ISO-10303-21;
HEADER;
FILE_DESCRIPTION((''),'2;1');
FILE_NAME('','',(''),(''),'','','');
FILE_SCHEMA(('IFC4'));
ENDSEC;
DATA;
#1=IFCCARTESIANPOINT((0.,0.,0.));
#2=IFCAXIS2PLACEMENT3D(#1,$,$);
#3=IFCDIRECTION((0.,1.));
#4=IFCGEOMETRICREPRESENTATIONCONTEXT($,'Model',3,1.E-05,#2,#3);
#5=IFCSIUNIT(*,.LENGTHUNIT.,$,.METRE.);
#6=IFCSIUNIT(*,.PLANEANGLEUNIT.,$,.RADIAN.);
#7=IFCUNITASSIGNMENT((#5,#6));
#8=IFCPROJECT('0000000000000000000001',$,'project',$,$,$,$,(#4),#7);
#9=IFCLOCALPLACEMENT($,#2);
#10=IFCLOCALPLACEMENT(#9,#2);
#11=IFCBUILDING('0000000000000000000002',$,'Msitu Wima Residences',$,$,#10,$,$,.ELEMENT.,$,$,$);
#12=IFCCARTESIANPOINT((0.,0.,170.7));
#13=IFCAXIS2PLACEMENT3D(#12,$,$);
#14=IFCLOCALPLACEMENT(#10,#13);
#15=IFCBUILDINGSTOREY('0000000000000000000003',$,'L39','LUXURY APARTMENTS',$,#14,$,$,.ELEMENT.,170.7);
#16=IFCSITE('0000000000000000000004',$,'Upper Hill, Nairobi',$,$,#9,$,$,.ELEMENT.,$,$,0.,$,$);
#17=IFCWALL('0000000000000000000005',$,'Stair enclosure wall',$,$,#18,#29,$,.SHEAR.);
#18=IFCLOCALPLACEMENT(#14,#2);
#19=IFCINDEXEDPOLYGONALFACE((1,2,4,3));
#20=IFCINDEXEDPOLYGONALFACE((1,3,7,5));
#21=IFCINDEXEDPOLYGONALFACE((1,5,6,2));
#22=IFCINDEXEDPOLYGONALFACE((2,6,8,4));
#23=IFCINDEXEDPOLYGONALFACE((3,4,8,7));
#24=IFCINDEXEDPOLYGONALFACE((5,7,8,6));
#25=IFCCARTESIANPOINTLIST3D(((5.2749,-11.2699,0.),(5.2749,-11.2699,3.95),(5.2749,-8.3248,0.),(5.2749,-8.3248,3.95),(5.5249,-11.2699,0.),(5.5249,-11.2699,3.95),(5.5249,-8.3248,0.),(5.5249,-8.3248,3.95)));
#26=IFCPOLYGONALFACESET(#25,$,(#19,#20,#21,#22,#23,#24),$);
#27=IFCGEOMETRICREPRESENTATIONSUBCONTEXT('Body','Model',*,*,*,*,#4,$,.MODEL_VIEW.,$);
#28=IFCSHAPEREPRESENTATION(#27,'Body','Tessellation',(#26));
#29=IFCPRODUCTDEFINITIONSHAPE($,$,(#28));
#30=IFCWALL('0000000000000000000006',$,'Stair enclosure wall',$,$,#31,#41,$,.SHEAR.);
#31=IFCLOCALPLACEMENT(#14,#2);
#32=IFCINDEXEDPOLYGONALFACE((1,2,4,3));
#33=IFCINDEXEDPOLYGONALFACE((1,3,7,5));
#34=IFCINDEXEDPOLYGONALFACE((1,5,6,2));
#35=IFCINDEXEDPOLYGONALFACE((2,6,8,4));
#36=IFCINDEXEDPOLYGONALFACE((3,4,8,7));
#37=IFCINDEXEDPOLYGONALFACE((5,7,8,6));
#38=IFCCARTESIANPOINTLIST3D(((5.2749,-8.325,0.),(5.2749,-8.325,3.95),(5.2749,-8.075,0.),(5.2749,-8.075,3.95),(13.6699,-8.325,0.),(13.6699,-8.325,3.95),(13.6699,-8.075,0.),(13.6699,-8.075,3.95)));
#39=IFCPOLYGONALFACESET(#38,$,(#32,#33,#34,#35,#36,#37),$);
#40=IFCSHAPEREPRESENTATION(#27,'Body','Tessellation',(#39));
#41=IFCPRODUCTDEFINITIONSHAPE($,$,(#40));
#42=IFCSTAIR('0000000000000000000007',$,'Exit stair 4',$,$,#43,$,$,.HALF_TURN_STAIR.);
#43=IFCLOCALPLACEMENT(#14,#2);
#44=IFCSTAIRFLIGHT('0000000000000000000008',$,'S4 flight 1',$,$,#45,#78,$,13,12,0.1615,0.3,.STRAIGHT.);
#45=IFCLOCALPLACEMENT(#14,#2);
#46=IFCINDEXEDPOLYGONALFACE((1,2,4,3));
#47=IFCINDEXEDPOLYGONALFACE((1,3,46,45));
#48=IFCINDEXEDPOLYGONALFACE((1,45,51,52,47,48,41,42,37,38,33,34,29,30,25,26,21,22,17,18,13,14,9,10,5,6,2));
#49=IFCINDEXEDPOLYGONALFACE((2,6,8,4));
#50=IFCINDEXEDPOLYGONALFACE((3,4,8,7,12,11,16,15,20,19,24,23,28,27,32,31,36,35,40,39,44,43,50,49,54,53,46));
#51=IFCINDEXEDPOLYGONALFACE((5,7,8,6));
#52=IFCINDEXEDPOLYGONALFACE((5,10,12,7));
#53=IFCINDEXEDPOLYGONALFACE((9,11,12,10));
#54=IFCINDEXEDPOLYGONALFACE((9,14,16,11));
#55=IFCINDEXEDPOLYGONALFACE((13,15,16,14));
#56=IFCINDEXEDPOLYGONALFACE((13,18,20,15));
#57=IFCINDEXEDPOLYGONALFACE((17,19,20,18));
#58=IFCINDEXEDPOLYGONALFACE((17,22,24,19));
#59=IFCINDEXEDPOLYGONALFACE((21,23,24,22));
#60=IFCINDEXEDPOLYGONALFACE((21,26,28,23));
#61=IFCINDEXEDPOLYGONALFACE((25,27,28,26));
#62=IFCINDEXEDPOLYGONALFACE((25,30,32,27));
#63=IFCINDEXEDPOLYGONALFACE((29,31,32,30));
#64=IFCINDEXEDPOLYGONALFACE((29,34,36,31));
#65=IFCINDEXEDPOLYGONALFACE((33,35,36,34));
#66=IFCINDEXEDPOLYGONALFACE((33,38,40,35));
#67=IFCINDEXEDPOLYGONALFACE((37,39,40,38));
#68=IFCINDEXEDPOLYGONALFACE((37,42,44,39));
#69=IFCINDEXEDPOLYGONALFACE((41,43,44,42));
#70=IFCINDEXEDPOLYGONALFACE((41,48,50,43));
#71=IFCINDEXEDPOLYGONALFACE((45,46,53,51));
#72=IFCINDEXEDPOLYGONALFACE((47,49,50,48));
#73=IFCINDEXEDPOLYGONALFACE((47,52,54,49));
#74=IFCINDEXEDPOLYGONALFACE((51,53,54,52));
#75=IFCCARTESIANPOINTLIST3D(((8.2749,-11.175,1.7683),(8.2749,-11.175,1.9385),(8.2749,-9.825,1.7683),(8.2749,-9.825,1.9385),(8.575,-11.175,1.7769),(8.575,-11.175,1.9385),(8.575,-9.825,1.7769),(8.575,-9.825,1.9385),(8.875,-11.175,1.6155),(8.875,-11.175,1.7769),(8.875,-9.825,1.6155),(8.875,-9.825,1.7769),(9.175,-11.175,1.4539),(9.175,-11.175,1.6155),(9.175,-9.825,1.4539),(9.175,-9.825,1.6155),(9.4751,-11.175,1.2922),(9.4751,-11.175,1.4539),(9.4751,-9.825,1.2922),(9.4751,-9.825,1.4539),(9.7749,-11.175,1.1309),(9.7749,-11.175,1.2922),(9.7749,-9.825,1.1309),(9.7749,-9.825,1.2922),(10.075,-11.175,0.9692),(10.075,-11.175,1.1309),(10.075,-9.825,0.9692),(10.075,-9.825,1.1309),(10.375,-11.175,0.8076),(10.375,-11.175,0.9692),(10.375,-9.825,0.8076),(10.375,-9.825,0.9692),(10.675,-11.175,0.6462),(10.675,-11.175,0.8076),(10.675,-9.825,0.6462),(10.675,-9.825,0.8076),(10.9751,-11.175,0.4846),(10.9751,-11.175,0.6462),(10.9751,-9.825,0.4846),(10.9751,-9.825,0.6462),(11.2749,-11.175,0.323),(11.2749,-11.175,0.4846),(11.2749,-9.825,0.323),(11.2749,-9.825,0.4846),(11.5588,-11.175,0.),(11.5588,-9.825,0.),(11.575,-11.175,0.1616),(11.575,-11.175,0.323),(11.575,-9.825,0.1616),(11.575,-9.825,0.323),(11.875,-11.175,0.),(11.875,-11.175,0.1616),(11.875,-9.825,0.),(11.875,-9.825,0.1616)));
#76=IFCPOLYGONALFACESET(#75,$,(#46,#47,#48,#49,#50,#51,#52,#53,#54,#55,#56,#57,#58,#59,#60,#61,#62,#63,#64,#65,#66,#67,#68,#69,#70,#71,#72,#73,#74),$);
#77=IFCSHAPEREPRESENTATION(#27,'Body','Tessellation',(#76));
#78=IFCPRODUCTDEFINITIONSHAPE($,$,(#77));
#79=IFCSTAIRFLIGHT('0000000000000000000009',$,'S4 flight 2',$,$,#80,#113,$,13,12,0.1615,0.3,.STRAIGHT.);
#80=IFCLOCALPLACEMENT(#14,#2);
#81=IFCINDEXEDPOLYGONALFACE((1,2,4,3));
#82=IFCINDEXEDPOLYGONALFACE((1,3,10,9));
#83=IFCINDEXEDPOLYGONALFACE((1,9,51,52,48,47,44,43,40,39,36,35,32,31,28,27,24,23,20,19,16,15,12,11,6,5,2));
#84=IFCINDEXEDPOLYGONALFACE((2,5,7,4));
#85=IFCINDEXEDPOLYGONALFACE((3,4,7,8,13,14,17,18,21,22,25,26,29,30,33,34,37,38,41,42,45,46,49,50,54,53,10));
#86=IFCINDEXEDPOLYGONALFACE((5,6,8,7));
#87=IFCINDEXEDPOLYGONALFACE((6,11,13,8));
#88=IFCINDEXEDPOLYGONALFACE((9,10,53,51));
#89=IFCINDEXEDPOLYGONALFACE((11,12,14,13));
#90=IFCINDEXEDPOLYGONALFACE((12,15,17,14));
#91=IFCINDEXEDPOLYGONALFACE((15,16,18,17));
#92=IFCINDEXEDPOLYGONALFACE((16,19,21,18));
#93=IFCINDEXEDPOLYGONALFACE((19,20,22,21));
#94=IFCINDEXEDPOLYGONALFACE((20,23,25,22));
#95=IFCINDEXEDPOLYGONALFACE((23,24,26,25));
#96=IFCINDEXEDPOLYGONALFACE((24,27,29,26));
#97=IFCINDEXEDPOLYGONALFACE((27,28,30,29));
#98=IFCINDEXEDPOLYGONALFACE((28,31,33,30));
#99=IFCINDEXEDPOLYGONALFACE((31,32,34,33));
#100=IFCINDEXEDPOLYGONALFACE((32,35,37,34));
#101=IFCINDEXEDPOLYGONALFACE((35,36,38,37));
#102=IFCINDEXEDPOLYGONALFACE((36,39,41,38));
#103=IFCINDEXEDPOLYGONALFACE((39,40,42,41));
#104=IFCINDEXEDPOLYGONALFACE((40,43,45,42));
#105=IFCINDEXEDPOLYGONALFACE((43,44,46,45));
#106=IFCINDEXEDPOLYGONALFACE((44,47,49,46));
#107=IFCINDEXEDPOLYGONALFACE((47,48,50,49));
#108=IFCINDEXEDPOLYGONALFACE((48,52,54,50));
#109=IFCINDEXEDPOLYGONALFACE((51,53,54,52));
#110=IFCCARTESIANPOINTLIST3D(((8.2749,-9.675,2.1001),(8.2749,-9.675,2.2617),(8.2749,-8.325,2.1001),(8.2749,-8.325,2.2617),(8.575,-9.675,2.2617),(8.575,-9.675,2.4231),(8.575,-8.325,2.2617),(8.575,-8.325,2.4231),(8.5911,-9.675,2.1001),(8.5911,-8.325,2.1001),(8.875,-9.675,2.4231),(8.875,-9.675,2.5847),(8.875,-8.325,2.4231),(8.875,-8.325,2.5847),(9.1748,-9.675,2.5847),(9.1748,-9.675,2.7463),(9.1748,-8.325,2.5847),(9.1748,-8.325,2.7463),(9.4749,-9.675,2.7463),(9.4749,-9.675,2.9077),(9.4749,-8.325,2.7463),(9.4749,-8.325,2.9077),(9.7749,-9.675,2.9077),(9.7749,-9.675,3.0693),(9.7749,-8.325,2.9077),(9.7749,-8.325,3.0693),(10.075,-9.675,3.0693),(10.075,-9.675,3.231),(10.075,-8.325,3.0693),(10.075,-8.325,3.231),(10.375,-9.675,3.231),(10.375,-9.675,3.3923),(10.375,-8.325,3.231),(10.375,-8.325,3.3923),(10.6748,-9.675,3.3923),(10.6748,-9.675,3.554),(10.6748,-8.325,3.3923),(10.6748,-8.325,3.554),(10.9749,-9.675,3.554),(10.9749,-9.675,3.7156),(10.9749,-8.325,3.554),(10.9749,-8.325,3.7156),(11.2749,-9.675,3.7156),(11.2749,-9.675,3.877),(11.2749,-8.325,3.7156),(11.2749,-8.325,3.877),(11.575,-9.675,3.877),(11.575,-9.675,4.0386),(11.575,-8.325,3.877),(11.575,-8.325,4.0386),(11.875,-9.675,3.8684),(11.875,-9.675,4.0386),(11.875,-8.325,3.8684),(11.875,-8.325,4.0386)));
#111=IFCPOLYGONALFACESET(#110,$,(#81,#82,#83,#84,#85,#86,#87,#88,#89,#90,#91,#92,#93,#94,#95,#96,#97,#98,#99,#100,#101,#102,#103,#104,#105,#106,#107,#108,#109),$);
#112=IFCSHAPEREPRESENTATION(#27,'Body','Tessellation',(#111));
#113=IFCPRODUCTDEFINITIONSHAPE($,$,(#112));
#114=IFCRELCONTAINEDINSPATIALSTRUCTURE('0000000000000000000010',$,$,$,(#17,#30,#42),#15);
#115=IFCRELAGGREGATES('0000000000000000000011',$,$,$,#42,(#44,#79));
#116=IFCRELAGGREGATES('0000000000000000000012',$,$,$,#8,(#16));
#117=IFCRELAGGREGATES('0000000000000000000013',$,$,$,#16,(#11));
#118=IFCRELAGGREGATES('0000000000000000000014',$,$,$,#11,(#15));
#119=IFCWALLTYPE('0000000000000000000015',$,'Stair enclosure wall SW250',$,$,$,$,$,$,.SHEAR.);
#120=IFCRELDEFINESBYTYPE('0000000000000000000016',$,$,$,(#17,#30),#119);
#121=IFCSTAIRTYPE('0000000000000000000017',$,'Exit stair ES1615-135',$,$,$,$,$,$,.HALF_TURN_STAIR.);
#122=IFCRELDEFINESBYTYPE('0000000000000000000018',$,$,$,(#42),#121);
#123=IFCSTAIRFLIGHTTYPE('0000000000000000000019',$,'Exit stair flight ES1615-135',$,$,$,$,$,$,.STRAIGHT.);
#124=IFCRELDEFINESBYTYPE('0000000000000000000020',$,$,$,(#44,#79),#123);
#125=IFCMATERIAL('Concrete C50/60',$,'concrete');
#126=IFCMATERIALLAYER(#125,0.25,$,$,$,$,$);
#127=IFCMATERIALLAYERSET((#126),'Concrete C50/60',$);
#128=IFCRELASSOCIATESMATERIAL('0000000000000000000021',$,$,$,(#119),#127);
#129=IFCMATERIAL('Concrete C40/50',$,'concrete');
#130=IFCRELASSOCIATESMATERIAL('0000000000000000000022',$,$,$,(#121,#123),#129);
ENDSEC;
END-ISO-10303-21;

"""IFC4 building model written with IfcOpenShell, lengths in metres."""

from ifc_helpers import new_model, si_unit, direction, frame, frame_2d, origin, place, context, subcontext, project, spatial, polyline, rectangle, outline, extrude, material, layer, layer_set, type_object, element, aggregate, save


model = new_model("IFC4")

# Units and contexts
model_context = context("Model", 3, precision=1e-05, world=origin(), true_north=direction((0.0, 1.0)))
body_context = subcontext(model_context, "Body", "Model", "MODEL_VIEW")
ifc_project = project(units=[si_unit("LENGTHUNIT", "METRE"), si_unit("PLANEANGLEUNIT", "RADIAN")], contexts=[model_context])

# Site, building, storey
site_placement = place(None, origin())
site = spatial("IfcSite", under=ifc_project, at=site_placement, Name="Upper Hill, Nairobi", CompositionType="ELEMENT", RefElevation=0.0)
building_placement = place(site_placement, origin())
building = spatial("IfcBuilding", under=site, at=building_placement, Name="Msitu Wima Residences", CompositionType="ELEMENT")
storey_placement = place(building_placement, frame((0.0, 0.0, 170.7)))
storey = spatial("IfcBuildingStorey", under=building, at=storey_placement, Name="L39", Description="LUXURY APARTMENTS", CompositionType="ELEMENT", Elevation=170.7)

# Shared definitions
ifc_material_1 = material(Name="Concrete C40/50", Category="concrete")

# Walls
ifc_material_2 = material(Name="Concrete C50/60", Category="concrete")
ifc_layer_1 = layer(ifc_material_2, 0.25)
ifc_layer_set_1 = layer_set([ifc_layer_1], Name="Concrete C50/60")
wall_type_1 = type_object("IfcWallType", Name="Stair enclosure wall SW250", PredefinedType="SHEAR", material=ifc_layer_set_1)
wall_1_placement = place(storey_placement, frame((5.3999, -11.27, 0.0), z_axis=(0.0, 0.0, 1.0), x_axis=(0.0, 1.0, 0.0)))
element("IfcWall", 1, at=wall_1_placement, inside=storey, type_object=wall_type_1, Name="Stair enclosure wall", PredefinedType="SHEAR", context=body_context, shape_type="SweptSolid", body=[
    extrude(rectangle(XDim=2.9451, YDim=0.25, at=frame_2d((1.4727, 0.0))), origin(), (0.0, 0.0, 1.0), 3.95),
])
wall_2_placement = place(storey_placement, frame((5.2749, -8.2, 0.0), z_axis=(0.0, 0.0, 1.0), x_axis=(1.0, 0.0, 0.0)))
element("IfcWall", 2, at=wall_2_placement, inside=storey, type_object=wall_type_1, Name="Stair enclosure wall", PredefinedType="SHEAR", context=body_context, shape_type="SweptSolid", body=[
    extrude(rectangle(XDim=8.395, YDim=0.25, at=frame_2d((4.1975, 0.0))), origin(), (0.0, 0.0, 1.0), 3.95),
])

# Stair, stair flights
stair_type = type_object("IfcStairType", Name="Exit stair ES1615-135", PredefinedType="HALF_TURN_STAIR", material=ifc_material_1)
stair_placement = place(storey_placement, origin())
stair = element("IfcStair", 3, at=stair_placement, inside=storey, type_object=stair_type, Name="Exit stair 4", PredefinedType="HALF_TURN_STAIR")
stair_flight_type = type_object("IfcStairFlightType", Name="Exit stair flight ES1615-135", PredefinedType="STRAIGHT", material=ifc_material_1)
stair_flight_1_placement = place(storey_placement, frame((11.875, -10.5, 0.0), z_axis=(0.0, 0.0, 1.0), x_axis=(-1.0, 0.0, 0.0)))
stair_flight_1 = element("IfcStairFlight", 4, at=stair_flight_1_placement, type_object=stair_flight_type, Name="S4 flight 1", NumberOfRisers=13, NumberOfTreads=12, PredefinedType="STRAIGHT", RiserHeight=0.1615, TreadLength=0.3, context=body_context, shape_type="SweptSolid", body=[
    extrude(outline(polyline([(0.0, 0.0), (0.0, 0.1616), (0.3, 0.1616), (0.3, 0.323), (0.6001, 0.323), (0.6001, 0.4846), (0.8999, 0.4846), (0.8999, 0.6462), (1.2, 0.6462), (1.2, 0.8076), (1.5, 0.8076), (1.5, 0.9692), (1.8, 0.9692), (1.8, 1.1309), (2.1001, 1.1309), (2.1001, 1.2922), (2.3999, 1.2922), (2.3999, 1.4539), (2.7, 1.4539), (2.7, 1.6155), (3.0, 1.6155), (3.0, 1.7769), (3.3, 1.7769), (3.3, 1.9385), (3.6001, 1.9385), (3.6001, 2.1001), (3.6001, 1.7683), (0.3162, 0.0), (0.0, 0.0)])), frame((0.0, 0.675, 0.0), z_axis=(0.0, -1.0, 0.0), x_axis=(1.0, 0.0, 0.0)), (0.0, 0.0, 1.0), 1.3501),
])
stair_flight_2_placement = place(storey_placement, frame((8.2749, -9.0, 2.1001), z_axis=(0.0, 0.0, 1.0), x_axis=(1.0, 0.0, 0.0)))
stair_flight_2 = element("IfcStairFlight", 5, at=stair_flight_2_placement, type_object=stair_flight_type, Name="S4 flight 2", NumberOfRisers=13, NumberOfTreads=12, PredefinedType="STRAIGHT", RiserHeight=0.1615, TreadLength=0.3, context=body_context, shape_type="SweptSolid", body=[
    extrude(outline(polyline([(0.0, 0.0), (0.0, 0.1616), (0.3, 0.1616), (0.3, 0.323), (0.6001, 0.323), (0.6001, 0.4846), (0.8999, 0.4846), (0.8999, 0.6462), (1.2, 0.6462), (1.2, 0.8076), (1.5, 0.8076), (1.5, 0.9692), (1.8, 0.9692), (1.8, 1.1309), (2.1001, 1.1309), (2.1001, 1.2922), (2.3999, 1.2922), (2.3999, 1.4539), (2.7, 1.4539), (2.7, 1.6155), (3.0, 1.6155), (3.0, 1.7769), (3.3, 1.7769), (3.3, 1.9385), (3.6001, 1.9385), (3.6001, 2.1001), (3.6001, 1.7683), (0.3162, 0.0), (0.0, 0.0)])), frame((0.0, 0.675, 0.0), z_axis=(0.0, -1.0, 0.0), x_axis=(1.0, 0.0, 0.0)), (0.0, 0.0, 1.0), 1.3501),
])
aggregate(stair, [stair_flight_1, stair_flight_2])

save(model, "model.ifc")
